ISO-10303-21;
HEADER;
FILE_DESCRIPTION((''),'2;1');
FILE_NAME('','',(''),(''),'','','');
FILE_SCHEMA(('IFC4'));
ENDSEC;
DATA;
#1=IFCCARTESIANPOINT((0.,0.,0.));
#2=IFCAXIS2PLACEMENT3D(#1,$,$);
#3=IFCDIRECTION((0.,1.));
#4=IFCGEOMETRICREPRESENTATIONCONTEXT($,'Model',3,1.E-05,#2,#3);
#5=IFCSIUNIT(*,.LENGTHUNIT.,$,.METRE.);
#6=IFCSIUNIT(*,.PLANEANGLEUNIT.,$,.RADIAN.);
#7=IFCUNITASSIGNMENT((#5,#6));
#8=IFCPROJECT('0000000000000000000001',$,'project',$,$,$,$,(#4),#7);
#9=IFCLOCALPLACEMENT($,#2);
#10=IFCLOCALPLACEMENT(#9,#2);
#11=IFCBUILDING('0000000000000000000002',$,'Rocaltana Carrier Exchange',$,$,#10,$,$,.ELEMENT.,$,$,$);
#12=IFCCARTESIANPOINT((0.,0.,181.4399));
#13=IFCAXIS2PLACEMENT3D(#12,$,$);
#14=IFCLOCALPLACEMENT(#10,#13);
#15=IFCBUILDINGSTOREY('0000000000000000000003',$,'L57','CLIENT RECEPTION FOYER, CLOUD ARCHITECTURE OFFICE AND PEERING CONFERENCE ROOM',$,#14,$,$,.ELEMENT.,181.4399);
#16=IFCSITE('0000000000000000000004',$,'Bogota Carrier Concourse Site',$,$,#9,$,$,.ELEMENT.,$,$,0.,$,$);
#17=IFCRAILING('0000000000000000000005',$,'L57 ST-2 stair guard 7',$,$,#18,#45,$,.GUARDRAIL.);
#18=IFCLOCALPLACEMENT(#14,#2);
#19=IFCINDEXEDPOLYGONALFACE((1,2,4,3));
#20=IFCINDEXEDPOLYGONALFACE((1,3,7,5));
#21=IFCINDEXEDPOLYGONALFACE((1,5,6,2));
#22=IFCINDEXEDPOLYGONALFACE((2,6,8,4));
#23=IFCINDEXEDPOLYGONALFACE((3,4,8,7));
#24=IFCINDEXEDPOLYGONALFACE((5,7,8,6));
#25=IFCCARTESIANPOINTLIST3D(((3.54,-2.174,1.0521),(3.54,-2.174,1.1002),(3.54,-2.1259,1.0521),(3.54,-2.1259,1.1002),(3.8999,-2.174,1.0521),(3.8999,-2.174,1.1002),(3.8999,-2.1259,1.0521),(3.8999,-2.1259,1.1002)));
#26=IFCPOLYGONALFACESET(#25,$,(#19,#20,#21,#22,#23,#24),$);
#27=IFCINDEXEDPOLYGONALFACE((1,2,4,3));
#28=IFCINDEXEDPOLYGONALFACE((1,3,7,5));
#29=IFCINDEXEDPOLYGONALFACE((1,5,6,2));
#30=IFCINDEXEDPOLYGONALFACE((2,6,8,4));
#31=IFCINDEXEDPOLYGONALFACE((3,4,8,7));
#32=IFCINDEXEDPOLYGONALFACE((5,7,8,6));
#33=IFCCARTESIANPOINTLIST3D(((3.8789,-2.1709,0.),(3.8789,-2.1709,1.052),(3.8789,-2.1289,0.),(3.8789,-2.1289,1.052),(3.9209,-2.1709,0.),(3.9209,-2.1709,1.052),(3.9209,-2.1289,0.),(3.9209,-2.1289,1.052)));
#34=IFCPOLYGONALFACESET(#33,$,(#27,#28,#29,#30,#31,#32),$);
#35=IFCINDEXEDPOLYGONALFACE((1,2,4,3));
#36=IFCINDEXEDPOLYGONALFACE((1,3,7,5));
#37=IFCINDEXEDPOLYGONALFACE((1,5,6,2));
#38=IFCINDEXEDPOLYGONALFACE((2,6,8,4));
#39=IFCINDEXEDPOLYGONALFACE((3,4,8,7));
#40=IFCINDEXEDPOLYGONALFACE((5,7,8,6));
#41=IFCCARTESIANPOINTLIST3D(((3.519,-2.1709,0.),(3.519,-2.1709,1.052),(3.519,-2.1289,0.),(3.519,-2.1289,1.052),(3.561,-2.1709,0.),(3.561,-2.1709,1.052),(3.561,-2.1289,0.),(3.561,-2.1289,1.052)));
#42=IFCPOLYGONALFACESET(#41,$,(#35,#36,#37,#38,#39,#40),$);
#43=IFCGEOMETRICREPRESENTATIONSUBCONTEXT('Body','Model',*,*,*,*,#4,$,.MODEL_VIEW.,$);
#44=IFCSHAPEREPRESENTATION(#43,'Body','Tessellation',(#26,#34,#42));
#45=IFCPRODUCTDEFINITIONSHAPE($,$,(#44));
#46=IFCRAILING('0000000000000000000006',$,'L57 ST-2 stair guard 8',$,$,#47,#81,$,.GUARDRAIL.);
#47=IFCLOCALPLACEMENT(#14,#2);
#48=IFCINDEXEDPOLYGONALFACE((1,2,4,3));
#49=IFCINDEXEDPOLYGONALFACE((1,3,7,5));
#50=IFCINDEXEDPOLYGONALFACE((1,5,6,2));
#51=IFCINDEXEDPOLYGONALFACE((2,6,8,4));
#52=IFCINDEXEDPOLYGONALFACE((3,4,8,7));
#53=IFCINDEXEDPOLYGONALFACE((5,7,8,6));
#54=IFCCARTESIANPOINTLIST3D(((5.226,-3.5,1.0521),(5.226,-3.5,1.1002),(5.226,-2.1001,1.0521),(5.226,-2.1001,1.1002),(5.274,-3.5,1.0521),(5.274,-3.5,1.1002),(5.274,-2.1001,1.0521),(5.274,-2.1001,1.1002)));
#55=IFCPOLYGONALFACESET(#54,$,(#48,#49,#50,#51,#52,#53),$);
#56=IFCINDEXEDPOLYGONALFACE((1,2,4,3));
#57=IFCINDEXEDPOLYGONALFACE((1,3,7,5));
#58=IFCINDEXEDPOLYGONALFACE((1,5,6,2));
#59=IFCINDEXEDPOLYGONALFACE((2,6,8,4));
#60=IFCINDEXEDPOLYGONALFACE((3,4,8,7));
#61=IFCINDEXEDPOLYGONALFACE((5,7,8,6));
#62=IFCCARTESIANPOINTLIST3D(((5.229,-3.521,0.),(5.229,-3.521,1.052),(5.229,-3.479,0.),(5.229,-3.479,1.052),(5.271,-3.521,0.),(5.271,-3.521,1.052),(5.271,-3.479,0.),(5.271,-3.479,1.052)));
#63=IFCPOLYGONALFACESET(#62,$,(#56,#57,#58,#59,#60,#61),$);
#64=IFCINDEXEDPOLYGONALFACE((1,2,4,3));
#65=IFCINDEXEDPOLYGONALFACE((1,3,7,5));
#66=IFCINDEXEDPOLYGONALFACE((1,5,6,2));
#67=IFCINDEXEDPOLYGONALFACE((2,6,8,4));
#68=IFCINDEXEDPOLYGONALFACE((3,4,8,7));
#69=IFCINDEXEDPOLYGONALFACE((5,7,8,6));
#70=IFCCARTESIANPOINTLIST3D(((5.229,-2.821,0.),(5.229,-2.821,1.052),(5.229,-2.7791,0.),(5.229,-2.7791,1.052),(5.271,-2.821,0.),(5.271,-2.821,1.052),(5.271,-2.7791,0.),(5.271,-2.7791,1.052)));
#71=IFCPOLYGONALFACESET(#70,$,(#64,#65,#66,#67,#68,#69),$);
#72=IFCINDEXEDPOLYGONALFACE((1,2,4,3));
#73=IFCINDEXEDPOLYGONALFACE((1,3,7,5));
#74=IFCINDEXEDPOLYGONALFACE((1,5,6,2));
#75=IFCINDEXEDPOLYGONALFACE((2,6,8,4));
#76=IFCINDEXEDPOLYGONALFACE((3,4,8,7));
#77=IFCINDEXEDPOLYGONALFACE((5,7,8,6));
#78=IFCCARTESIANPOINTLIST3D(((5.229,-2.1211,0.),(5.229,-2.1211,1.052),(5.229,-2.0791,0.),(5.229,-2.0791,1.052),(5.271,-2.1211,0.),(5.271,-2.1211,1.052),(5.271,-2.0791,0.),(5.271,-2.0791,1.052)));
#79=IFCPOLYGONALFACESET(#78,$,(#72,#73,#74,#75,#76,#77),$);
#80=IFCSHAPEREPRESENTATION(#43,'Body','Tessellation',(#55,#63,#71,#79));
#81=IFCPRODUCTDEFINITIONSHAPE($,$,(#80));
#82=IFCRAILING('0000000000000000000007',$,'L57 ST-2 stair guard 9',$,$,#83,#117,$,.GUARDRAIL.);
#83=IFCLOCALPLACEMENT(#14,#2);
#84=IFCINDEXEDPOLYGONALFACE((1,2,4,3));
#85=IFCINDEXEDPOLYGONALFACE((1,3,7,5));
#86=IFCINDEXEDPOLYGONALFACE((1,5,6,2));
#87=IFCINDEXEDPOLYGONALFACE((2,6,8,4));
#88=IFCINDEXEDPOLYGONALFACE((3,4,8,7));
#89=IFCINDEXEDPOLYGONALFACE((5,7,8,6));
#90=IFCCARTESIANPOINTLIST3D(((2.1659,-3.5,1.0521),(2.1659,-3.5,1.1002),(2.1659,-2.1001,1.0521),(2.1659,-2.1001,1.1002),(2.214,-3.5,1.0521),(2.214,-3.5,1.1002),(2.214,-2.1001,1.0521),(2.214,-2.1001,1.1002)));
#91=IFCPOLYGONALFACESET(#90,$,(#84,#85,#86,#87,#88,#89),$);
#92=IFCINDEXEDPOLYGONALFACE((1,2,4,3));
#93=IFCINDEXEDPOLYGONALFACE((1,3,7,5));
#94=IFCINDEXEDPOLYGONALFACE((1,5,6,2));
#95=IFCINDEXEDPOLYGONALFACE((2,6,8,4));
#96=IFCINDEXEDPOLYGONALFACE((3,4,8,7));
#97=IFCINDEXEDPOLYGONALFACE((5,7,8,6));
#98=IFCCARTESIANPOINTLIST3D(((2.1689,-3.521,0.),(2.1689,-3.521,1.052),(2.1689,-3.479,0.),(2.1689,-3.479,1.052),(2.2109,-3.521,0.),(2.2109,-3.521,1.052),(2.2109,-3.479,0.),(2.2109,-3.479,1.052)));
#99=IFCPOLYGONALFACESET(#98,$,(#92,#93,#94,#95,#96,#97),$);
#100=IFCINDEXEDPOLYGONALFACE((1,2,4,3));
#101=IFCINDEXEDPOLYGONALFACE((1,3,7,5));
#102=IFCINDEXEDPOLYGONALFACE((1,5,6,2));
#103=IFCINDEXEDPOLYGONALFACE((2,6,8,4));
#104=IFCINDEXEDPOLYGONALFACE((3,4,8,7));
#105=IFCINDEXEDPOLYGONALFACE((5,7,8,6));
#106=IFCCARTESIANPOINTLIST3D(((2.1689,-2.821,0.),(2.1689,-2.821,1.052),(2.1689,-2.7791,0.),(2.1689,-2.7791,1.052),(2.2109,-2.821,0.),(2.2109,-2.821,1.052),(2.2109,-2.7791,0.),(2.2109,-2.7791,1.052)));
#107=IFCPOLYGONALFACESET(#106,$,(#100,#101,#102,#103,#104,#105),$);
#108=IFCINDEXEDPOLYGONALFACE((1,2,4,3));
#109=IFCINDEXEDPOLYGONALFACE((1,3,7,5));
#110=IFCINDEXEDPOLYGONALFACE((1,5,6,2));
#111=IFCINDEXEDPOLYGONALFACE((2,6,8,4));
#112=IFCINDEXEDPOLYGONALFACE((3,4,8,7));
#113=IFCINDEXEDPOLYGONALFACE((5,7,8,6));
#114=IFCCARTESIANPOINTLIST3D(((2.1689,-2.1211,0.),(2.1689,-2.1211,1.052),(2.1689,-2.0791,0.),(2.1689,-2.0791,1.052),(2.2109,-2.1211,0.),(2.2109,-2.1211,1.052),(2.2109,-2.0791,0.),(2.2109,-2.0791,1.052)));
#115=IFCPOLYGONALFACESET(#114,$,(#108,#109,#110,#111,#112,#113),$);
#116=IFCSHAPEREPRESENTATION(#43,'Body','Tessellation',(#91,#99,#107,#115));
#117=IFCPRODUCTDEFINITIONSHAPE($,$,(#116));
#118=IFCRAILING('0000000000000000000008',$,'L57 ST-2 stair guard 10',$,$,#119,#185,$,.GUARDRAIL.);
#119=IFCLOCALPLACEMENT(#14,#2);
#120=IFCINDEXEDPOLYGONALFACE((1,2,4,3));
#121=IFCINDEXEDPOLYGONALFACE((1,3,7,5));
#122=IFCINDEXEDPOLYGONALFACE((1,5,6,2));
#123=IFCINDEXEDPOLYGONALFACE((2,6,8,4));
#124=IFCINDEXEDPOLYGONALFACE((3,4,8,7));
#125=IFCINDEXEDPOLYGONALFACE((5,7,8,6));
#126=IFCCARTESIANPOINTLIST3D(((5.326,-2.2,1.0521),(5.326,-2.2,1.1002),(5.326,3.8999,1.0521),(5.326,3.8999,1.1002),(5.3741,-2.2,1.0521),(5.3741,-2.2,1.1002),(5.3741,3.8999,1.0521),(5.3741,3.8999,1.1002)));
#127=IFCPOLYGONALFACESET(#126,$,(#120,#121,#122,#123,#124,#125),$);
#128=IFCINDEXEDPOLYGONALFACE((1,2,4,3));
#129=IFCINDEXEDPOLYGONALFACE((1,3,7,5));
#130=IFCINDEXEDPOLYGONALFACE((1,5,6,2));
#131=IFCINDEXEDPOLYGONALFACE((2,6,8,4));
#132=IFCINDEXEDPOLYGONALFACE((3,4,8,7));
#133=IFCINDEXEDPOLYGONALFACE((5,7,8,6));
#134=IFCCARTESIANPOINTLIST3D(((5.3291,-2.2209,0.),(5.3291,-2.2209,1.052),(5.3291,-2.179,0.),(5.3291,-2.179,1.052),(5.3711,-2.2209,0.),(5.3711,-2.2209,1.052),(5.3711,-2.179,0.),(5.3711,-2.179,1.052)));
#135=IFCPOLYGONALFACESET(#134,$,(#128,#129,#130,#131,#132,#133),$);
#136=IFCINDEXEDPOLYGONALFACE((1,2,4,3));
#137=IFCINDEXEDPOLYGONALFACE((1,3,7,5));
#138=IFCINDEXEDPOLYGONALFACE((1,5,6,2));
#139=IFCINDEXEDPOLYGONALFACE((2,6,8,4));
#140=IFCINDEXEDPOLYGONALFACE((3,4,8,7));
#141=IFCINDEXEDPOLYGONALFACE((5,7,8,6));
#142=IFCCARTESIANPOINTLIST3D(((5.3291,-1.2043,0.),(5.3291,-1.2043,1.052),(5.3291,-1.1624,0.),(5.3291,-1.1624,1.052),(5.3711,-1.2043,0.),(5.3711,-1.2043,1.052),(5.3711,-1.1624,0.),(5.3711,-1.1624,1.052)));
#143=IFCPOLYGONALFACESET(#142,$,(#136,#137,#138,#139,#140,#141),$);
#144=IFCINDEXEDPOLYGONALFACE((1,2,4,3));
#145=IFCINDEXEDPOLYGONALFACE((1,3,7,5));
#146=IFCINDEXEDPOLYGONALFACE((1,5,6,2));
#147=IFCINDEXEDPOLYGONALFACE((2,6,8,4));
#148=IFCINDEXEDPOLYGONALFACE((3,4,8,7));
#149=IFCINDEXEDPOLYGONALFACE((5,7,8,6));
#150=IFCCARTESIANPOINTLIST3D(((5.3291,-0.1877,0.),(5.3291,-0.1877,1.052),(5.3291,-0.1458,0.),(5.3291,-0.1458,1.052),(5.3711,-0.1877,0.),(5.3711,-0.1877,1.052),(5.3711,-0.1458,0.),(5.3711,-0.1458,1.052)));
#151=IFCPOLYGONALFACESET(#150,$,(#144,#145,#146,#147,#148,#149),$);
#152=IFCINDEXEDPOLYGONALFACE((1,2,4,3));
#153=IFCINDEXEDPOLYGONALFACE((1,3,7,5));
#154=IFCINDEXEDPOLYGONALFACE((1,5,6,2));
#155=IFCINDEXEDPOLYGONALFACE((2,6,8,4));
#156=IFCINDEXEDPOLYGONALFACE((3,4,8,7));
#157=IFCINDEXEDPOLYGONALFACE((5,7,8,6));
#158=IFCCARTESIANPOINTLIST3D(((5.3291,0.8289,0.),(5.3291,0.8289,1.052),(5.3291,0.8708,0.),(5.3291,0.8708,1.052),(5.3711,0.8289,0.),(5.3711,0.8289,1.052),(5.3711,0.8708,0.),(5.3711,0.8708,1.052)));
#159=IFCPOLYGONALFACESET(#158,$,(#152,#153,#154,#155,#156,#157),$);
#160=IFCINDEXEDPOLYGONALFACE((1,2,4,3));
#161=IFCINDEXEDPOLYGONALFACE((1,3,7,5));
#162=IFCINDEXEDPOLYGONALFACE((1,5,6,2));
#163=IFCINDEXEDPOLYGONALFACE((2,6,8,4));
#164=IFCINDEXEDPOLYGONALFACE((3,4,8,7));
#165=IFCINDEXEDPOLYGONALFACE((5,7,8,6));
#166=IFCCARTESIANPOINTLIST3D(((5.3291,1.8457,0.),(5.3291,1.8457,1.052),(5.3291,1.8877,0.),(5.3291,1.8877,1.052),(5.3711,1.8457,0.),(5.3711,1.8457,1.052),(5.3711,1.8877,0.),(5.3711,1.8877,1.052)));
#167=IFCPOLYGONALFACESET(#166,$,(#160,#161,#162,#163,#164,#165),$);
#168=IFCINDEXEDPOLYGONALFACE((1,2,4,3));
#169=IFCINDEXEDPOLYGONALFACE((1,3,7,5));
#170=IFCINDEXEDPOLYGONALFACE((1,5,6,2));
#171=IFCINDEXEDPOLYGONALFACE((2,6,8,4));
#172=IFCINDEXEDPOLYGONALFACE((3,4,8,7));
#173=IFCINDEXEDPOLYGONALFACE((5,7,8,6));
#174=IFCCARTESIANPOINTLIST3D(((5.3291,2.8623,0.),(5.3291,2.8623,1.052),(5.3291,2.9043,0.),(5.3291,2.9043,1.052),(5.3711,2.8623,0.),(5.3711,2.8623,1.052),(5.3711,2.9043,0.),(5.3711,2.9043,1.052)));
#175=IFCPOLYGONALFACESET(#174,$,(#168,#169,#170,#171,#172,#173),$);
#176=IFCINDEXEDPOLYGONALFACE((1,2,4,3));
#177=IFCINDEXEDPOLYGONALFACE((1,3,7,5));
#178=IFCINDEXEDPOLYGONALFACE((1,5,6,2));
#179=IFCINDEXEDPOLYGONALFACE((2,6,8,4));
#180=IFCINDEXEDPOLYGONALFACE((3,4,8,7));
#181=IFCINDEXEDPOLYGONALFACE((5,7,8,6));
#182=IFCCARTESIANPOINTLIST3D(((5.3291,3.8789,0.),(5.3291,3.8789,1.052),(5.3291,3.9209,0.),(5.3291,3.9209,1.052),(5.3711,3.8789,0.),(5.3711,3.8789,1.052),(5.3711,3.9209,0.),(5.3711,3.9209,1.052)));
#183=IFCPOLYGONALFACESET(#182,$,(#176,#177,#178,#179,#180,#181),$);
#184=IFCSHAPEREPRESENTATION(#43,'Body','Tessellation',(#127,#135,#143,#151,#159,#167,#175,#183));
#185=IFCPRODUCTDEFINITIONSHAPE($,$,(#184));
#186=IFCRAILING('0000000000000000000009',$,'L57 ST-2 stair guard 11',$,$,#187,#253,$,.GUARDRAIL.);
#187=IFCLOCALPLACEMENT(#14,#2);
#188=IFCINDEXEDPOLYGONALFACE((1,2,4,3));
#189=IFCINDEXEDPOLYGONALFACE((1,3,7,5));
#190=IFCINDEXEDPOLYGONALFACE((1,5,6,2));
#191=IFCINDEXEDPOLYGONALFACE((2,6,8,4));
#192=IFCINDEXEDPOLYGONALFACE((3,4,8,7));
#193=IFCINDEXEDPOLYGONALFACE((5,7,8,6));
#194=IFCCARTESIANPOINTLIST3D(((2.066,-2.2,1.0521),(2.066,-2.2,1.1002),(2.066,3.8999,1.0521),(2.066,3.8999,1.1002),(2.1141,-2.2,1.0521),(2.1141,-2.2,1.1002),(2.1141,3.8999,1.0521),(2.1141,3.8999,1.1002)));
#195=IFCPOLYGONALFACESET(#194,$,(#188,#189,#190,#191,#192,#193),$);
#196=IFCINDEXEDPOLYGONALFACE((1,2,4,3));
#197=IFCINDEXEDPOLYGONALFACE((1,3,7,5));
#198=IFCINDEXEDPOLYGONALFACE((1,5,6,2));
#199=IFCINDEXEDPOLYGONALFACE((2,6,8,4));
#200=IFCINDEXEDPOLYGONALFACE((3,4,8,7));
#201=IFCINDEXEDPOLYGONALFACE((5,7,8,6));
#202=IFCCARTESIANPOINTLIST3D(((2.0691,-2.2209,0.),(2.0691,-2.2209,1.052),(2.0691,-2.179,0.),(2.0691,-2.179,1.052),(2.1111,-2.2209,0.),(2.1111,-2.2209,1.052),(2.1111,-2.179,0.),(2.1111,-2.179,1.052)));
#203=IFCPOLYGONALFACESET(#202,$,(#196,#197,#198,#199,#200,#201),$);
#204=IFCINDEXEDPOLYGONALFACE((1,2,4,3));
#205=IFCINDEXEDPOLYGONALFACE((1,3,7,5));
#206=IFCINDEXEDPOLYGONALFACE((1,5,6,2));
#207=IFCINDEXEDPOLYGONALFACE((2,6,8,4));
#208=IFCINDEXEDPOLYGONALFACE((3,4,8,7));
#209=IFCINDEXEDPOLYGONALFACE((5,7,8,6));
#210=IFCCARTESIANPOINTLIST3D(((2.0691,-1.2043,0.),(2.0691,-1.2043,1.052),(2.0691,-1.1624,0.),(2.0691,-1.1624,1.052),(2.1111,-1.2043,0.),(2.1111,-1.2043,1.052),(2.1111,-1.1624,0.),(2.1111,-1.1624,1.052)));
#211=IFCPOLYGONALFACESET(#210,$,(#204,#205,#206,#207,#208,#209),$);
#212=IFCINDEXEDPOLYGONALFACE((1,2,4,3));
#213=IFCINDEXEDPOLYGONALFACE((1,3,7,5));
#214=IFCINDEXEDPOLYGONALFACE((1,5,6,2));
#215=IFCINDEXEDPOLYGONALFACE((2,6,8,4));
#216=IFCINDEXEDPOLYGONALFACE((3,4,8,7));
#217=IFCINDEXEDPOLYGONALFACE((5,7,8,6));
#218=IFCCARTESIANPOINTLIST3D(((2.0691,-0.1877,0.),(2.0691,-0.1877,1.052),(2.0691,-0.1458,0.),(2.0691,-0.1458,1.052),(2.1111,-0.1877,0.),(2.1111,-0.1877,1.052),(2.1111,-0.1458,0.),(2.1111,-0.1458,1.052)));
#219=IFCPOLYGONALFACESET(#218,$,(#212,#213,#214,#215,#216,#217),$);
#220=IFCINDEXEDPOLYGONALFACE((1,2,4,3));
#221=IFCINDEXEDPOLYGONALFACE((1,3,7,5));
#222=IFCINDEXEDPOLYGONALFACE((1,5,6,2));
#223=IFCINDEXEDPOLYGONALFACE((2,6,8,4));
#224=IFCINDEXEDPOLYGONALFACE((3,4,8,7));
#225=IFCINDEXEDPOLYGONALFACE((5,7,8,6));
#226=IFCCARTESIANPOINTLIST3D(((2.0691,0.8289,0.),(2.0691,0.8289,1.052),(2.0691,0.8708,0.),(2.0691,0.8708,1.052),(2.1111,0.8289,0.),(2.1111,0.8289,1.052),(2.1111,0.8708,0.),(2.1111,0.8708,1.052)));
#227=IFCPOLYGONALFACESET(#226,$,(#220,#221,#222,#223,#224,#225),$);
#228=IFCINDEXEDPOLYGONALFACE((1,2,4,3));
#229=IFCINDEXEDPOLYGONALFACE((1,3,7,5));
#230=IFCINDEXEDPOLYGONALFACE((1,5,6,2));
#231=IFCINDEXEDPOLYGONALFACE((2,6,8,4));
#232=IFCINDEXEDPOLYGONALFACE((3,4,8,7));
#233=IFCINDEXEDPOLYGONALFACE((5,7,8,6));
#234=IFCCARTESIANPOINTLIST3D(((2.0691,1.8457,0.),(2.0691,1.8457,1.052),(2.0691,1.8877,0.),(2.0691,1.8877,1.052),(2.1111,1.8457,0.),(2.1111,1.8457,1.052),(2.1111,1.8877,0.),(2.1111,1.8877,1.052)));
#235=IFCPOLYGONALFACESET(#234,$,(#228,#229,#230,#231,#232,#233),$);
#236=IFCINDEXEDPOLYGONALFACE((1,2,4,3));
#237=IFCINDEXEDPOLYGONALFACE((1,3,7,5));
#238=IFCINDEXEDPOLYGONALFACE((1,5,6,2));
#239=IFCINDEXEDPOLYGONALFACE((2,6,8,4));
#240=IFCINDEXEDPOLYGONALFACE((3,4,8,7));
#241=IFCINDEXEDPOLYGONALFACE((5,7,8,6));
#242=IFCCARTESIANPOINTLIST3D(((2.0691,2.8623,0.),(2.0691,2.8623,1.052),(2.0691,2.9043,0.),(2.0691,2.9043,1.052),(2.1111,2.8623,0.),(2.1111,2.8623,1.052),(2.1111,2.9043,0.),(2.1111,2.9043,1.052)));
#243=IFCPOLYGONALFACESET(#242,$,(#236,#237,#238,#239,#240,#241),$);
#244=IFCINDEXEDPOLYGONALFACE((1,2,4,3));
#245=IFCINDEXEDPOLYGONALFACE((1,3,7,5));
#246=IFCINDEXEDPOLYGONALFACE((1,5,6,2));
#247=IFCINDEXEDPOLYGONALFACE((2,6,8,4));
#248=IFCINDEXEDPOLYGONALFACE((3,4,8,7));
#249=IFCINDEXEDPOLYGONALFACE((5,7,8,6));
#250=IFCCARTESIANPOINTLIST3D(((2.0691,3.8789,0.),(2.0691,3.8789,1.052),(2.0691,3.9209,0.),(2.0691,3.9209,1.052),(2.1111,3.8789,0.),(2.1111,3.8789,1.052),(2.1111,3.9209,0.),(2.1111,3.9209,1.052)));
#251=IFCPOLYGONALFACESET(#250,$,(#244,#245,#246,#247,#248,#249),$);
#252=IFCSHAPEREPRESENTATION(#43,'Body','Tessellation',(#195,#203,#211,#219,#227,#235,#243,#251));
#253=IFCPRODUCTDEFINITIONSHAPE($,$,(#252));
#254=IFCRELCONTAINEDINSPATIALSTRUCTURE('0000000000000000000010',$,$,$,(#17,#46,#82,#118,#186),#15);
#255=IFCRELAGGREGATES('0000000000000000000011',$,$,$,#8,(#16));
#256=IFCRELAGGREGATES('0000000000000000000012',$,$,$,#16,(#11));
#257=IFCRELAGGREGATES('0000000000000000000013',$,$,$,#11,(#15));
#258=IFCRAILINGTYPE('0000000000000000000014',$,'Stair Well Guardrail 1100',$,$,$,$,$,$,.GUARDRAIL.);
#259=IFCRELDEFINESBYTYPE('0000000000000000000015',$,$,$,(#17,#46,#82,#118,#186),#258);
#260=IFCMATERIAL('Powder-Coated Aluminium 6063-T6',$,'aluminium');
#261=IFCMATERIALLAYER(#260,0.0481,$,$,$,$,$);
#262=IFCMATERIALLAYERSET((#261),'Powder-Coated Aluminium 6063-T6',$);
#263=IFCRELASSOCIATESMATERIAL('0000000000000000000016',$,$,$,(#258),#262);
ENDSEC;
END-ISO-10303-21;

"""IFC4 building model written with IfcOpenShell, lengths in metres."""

from ifc_helpers import new_model, si_unit, direction, frame, origin, origin_2d, place, context, subcontext, project, spatial, rectangle, extrude, material, layer, layer_set, type_object, element, save


model = new_model("IFC4")

# Units and contexts
model_context = context("Model", 3, precision=1e-05, world=origin(), true_north=direction((0.0, 1.0)))
body_context = subcontext(model_context, "Body", "Model", "MODEL_VIEW")
ifc_project = project(units=[si_unit("LENGTHUNIT", "METRE"), si_unit("PLANEANGLEUNIT", "RADIAN")], contexts=[model_context])

# Site, building, storey
site_placement = place(None, origin())
site = spatial("IfcSite", under=ifc_project, at=site_placement, Name="Bogota Carrier Concourse Site", CompositionType="ELEMENT", RefElevation=0.0)
building_placement = place(site_placement, origin())
building = spatial("IfcBuilding", under=site, at=building_placement, Name="Rocaltana Carrier Exchange", CompositionType="ELEMENT")
storey_placement = place(building_placement, frame((0.0, 0.0, 181.4399)))
storey = spatial("IfcBuildingStorey", under=building, at=storey_placement, Name="L57", Description="CLIENT RECEPTION FOYER, CLOUD ARCHITECTURE OFFICE AND PEERING CONFERENCE ROOM", CompositionType="ELEMENT", Elevation=181.4399)

# Railings
ifc_material_1 = material(Name="Powder-Coated Aluminium 6063-T6", Category="aluminium")
ifc_layer_1 = layer(ifc_material_1, 0.0481)
ifc_layer_set_1 = layer_set([ifc_layer_1], Name="Powder-Coated Aluminium 6063-T6")
railing_type_1 = type_object("IfcRailingType", Name="Stair Well Guardrail 1100", PredefinedType="GUARDRAIL", material=ifc_layer_set_1)
railing_1_placement = place(storey_placement, frame((3.8999, -2.1499, 0.0)))
element("IfcRailing", 1, at=railing_1_placement, inside=storey, type_object=railing_type_1, Name="L57 ST-2 stair guard 7", PredefinedType="GUARDRAIL", context=body_context, shape_type="SweptSolid", body=[
    extrude(rectangle(XDim=0.0481, YDim=0.0481, at=origin_2d()), frame((0.0, 0.0, 1.0762), z_axis=(-1.0, 0.0, 0.0), x_axis=(0.0, -1.0, 0.0)), (0.0, 0.0, 1.0), 0.3599),
    extrude(rectangle(XDim=0.042, YDim=0.042, at=origin_2d()), origin(), (0.0, 0.0, 1.0), 1.052),
    extrude(rectangle(XDim=0.042, YDim=0.042, at=origin_2d()), frame((-0.3599, 0.0, 0.0)), (0.0, 0.0, 1.0), 1.052),
])
for number, where, name in (
    (2, (5.25, -3.5, 0.0), "L57 ST-2 stair guard 8"),
    (3, (2.1899, -3.5, 0.0), "L57 ST-2 stair guard 9"),
):
    element("IfcRailing", number, at=place(storey_placement, frame(where)), inside=storey, type_object=railing_type_1, Name=name, PredefinedType="GUARDRAIL", context=body_context, shape_type="SweptSolid", body=[
        extrude(rectangle(XDim=0.0481, YDim=0.0481, at=origin_2d()), frame((0.0, 0.0, 1.0762), z_axis=(0.0, 1.0, 0.0), x_axis=(-1.0, 0.0, 0.0)), (0.0, 0.0, 1.0), 1.3999),
        extrude(rectangle(XDim=0.042, YDim=0.042, at=origin_2d()), origin(), (0.0, 0.0, 1.0), 1.052),
        extrude(rectangle(XDim=0.042, YDim=0.042, at=origin_2d()), frame((0.0, 0.7, 0.0)), (0.0, 0.0, 1.0), 1.052),
        extrude(rectangle(XDim=0.042, YDim=0.042, at=origin_2d()), frame((0.0, 1.3999, 0.0)), (0.0, 0.0, 1.0), 1.052),
    ])
for number, where, name in (
    (4, (5.3501, -2.2, 0.0), "L57 ST-2 stair guard 10"),
    (5, (2.0901, -2.2, 0.0), "L57 ST-2 stair guard 11"),
):
    element("IfcRailing", number, at=place(storey_placement, frame(where)), inside=storey, type_object=railing_type_1, Name=name, PredefinedType="GUARDRAIL", context=body_context, shape_type="SweptSolid", body=[
        extrude(rectangle(XDim=0.0481, YDim=0.0481, at=origin_2d()), frame((0.0, 0.0, 1.0762), z_axis=(0.0, 1.0, 0.0), x_axis=(-1.0, 0.0, 0.0)), (0.0, 0.0, 1.0), 6.0999),
        extrude(rectangle(XDim=0.042, YDim=0.042, at=origin_2d()), origin(), (0.0, 0.0, 1.0), 1.052),
        extrude(rectangle(XDim=0.042, YDim=0.042, at=origin_2d()), frame((0.0, 1.0166, 0.0)), (0.0, 0.0, 1.0), 1.052),
        extrude(rectangle(XDim=0.042, YDim=0.042, at=origin_2d()), frame((0.0, 2.0332, 0.0)), (0.0, 0.0, 1.0), 1.052),
        extrude(rectangle(XDim=0.042, YDim=0.042, at=origin_2d()), frame((0.0, 3.0498, 0.0)), (0.0, 0.0, 1.0), 1.052),
        extrude(rectangle(XDim=0.042, YDim=0.042, at=origin_2d()), frame((0.0, 4.0667, 0.0)), (0.0, 0.0, 1.0), 1.052),
        extrude(rectangle(XDim=0.042, YDim=0.042, at=origin_2d()), frame((0.0, 5.0833, 0.0)), (0.0, 0.0, 1.0), 1.052),
        extrude(rectangle(XDim=0.042, YDim=0.042, at=origin_2d()), frame((0.0, 6.0999, 0.0)), (0.0, 0.0, 1.0), 1.052),
    ])

save(model, "model.ifc")
